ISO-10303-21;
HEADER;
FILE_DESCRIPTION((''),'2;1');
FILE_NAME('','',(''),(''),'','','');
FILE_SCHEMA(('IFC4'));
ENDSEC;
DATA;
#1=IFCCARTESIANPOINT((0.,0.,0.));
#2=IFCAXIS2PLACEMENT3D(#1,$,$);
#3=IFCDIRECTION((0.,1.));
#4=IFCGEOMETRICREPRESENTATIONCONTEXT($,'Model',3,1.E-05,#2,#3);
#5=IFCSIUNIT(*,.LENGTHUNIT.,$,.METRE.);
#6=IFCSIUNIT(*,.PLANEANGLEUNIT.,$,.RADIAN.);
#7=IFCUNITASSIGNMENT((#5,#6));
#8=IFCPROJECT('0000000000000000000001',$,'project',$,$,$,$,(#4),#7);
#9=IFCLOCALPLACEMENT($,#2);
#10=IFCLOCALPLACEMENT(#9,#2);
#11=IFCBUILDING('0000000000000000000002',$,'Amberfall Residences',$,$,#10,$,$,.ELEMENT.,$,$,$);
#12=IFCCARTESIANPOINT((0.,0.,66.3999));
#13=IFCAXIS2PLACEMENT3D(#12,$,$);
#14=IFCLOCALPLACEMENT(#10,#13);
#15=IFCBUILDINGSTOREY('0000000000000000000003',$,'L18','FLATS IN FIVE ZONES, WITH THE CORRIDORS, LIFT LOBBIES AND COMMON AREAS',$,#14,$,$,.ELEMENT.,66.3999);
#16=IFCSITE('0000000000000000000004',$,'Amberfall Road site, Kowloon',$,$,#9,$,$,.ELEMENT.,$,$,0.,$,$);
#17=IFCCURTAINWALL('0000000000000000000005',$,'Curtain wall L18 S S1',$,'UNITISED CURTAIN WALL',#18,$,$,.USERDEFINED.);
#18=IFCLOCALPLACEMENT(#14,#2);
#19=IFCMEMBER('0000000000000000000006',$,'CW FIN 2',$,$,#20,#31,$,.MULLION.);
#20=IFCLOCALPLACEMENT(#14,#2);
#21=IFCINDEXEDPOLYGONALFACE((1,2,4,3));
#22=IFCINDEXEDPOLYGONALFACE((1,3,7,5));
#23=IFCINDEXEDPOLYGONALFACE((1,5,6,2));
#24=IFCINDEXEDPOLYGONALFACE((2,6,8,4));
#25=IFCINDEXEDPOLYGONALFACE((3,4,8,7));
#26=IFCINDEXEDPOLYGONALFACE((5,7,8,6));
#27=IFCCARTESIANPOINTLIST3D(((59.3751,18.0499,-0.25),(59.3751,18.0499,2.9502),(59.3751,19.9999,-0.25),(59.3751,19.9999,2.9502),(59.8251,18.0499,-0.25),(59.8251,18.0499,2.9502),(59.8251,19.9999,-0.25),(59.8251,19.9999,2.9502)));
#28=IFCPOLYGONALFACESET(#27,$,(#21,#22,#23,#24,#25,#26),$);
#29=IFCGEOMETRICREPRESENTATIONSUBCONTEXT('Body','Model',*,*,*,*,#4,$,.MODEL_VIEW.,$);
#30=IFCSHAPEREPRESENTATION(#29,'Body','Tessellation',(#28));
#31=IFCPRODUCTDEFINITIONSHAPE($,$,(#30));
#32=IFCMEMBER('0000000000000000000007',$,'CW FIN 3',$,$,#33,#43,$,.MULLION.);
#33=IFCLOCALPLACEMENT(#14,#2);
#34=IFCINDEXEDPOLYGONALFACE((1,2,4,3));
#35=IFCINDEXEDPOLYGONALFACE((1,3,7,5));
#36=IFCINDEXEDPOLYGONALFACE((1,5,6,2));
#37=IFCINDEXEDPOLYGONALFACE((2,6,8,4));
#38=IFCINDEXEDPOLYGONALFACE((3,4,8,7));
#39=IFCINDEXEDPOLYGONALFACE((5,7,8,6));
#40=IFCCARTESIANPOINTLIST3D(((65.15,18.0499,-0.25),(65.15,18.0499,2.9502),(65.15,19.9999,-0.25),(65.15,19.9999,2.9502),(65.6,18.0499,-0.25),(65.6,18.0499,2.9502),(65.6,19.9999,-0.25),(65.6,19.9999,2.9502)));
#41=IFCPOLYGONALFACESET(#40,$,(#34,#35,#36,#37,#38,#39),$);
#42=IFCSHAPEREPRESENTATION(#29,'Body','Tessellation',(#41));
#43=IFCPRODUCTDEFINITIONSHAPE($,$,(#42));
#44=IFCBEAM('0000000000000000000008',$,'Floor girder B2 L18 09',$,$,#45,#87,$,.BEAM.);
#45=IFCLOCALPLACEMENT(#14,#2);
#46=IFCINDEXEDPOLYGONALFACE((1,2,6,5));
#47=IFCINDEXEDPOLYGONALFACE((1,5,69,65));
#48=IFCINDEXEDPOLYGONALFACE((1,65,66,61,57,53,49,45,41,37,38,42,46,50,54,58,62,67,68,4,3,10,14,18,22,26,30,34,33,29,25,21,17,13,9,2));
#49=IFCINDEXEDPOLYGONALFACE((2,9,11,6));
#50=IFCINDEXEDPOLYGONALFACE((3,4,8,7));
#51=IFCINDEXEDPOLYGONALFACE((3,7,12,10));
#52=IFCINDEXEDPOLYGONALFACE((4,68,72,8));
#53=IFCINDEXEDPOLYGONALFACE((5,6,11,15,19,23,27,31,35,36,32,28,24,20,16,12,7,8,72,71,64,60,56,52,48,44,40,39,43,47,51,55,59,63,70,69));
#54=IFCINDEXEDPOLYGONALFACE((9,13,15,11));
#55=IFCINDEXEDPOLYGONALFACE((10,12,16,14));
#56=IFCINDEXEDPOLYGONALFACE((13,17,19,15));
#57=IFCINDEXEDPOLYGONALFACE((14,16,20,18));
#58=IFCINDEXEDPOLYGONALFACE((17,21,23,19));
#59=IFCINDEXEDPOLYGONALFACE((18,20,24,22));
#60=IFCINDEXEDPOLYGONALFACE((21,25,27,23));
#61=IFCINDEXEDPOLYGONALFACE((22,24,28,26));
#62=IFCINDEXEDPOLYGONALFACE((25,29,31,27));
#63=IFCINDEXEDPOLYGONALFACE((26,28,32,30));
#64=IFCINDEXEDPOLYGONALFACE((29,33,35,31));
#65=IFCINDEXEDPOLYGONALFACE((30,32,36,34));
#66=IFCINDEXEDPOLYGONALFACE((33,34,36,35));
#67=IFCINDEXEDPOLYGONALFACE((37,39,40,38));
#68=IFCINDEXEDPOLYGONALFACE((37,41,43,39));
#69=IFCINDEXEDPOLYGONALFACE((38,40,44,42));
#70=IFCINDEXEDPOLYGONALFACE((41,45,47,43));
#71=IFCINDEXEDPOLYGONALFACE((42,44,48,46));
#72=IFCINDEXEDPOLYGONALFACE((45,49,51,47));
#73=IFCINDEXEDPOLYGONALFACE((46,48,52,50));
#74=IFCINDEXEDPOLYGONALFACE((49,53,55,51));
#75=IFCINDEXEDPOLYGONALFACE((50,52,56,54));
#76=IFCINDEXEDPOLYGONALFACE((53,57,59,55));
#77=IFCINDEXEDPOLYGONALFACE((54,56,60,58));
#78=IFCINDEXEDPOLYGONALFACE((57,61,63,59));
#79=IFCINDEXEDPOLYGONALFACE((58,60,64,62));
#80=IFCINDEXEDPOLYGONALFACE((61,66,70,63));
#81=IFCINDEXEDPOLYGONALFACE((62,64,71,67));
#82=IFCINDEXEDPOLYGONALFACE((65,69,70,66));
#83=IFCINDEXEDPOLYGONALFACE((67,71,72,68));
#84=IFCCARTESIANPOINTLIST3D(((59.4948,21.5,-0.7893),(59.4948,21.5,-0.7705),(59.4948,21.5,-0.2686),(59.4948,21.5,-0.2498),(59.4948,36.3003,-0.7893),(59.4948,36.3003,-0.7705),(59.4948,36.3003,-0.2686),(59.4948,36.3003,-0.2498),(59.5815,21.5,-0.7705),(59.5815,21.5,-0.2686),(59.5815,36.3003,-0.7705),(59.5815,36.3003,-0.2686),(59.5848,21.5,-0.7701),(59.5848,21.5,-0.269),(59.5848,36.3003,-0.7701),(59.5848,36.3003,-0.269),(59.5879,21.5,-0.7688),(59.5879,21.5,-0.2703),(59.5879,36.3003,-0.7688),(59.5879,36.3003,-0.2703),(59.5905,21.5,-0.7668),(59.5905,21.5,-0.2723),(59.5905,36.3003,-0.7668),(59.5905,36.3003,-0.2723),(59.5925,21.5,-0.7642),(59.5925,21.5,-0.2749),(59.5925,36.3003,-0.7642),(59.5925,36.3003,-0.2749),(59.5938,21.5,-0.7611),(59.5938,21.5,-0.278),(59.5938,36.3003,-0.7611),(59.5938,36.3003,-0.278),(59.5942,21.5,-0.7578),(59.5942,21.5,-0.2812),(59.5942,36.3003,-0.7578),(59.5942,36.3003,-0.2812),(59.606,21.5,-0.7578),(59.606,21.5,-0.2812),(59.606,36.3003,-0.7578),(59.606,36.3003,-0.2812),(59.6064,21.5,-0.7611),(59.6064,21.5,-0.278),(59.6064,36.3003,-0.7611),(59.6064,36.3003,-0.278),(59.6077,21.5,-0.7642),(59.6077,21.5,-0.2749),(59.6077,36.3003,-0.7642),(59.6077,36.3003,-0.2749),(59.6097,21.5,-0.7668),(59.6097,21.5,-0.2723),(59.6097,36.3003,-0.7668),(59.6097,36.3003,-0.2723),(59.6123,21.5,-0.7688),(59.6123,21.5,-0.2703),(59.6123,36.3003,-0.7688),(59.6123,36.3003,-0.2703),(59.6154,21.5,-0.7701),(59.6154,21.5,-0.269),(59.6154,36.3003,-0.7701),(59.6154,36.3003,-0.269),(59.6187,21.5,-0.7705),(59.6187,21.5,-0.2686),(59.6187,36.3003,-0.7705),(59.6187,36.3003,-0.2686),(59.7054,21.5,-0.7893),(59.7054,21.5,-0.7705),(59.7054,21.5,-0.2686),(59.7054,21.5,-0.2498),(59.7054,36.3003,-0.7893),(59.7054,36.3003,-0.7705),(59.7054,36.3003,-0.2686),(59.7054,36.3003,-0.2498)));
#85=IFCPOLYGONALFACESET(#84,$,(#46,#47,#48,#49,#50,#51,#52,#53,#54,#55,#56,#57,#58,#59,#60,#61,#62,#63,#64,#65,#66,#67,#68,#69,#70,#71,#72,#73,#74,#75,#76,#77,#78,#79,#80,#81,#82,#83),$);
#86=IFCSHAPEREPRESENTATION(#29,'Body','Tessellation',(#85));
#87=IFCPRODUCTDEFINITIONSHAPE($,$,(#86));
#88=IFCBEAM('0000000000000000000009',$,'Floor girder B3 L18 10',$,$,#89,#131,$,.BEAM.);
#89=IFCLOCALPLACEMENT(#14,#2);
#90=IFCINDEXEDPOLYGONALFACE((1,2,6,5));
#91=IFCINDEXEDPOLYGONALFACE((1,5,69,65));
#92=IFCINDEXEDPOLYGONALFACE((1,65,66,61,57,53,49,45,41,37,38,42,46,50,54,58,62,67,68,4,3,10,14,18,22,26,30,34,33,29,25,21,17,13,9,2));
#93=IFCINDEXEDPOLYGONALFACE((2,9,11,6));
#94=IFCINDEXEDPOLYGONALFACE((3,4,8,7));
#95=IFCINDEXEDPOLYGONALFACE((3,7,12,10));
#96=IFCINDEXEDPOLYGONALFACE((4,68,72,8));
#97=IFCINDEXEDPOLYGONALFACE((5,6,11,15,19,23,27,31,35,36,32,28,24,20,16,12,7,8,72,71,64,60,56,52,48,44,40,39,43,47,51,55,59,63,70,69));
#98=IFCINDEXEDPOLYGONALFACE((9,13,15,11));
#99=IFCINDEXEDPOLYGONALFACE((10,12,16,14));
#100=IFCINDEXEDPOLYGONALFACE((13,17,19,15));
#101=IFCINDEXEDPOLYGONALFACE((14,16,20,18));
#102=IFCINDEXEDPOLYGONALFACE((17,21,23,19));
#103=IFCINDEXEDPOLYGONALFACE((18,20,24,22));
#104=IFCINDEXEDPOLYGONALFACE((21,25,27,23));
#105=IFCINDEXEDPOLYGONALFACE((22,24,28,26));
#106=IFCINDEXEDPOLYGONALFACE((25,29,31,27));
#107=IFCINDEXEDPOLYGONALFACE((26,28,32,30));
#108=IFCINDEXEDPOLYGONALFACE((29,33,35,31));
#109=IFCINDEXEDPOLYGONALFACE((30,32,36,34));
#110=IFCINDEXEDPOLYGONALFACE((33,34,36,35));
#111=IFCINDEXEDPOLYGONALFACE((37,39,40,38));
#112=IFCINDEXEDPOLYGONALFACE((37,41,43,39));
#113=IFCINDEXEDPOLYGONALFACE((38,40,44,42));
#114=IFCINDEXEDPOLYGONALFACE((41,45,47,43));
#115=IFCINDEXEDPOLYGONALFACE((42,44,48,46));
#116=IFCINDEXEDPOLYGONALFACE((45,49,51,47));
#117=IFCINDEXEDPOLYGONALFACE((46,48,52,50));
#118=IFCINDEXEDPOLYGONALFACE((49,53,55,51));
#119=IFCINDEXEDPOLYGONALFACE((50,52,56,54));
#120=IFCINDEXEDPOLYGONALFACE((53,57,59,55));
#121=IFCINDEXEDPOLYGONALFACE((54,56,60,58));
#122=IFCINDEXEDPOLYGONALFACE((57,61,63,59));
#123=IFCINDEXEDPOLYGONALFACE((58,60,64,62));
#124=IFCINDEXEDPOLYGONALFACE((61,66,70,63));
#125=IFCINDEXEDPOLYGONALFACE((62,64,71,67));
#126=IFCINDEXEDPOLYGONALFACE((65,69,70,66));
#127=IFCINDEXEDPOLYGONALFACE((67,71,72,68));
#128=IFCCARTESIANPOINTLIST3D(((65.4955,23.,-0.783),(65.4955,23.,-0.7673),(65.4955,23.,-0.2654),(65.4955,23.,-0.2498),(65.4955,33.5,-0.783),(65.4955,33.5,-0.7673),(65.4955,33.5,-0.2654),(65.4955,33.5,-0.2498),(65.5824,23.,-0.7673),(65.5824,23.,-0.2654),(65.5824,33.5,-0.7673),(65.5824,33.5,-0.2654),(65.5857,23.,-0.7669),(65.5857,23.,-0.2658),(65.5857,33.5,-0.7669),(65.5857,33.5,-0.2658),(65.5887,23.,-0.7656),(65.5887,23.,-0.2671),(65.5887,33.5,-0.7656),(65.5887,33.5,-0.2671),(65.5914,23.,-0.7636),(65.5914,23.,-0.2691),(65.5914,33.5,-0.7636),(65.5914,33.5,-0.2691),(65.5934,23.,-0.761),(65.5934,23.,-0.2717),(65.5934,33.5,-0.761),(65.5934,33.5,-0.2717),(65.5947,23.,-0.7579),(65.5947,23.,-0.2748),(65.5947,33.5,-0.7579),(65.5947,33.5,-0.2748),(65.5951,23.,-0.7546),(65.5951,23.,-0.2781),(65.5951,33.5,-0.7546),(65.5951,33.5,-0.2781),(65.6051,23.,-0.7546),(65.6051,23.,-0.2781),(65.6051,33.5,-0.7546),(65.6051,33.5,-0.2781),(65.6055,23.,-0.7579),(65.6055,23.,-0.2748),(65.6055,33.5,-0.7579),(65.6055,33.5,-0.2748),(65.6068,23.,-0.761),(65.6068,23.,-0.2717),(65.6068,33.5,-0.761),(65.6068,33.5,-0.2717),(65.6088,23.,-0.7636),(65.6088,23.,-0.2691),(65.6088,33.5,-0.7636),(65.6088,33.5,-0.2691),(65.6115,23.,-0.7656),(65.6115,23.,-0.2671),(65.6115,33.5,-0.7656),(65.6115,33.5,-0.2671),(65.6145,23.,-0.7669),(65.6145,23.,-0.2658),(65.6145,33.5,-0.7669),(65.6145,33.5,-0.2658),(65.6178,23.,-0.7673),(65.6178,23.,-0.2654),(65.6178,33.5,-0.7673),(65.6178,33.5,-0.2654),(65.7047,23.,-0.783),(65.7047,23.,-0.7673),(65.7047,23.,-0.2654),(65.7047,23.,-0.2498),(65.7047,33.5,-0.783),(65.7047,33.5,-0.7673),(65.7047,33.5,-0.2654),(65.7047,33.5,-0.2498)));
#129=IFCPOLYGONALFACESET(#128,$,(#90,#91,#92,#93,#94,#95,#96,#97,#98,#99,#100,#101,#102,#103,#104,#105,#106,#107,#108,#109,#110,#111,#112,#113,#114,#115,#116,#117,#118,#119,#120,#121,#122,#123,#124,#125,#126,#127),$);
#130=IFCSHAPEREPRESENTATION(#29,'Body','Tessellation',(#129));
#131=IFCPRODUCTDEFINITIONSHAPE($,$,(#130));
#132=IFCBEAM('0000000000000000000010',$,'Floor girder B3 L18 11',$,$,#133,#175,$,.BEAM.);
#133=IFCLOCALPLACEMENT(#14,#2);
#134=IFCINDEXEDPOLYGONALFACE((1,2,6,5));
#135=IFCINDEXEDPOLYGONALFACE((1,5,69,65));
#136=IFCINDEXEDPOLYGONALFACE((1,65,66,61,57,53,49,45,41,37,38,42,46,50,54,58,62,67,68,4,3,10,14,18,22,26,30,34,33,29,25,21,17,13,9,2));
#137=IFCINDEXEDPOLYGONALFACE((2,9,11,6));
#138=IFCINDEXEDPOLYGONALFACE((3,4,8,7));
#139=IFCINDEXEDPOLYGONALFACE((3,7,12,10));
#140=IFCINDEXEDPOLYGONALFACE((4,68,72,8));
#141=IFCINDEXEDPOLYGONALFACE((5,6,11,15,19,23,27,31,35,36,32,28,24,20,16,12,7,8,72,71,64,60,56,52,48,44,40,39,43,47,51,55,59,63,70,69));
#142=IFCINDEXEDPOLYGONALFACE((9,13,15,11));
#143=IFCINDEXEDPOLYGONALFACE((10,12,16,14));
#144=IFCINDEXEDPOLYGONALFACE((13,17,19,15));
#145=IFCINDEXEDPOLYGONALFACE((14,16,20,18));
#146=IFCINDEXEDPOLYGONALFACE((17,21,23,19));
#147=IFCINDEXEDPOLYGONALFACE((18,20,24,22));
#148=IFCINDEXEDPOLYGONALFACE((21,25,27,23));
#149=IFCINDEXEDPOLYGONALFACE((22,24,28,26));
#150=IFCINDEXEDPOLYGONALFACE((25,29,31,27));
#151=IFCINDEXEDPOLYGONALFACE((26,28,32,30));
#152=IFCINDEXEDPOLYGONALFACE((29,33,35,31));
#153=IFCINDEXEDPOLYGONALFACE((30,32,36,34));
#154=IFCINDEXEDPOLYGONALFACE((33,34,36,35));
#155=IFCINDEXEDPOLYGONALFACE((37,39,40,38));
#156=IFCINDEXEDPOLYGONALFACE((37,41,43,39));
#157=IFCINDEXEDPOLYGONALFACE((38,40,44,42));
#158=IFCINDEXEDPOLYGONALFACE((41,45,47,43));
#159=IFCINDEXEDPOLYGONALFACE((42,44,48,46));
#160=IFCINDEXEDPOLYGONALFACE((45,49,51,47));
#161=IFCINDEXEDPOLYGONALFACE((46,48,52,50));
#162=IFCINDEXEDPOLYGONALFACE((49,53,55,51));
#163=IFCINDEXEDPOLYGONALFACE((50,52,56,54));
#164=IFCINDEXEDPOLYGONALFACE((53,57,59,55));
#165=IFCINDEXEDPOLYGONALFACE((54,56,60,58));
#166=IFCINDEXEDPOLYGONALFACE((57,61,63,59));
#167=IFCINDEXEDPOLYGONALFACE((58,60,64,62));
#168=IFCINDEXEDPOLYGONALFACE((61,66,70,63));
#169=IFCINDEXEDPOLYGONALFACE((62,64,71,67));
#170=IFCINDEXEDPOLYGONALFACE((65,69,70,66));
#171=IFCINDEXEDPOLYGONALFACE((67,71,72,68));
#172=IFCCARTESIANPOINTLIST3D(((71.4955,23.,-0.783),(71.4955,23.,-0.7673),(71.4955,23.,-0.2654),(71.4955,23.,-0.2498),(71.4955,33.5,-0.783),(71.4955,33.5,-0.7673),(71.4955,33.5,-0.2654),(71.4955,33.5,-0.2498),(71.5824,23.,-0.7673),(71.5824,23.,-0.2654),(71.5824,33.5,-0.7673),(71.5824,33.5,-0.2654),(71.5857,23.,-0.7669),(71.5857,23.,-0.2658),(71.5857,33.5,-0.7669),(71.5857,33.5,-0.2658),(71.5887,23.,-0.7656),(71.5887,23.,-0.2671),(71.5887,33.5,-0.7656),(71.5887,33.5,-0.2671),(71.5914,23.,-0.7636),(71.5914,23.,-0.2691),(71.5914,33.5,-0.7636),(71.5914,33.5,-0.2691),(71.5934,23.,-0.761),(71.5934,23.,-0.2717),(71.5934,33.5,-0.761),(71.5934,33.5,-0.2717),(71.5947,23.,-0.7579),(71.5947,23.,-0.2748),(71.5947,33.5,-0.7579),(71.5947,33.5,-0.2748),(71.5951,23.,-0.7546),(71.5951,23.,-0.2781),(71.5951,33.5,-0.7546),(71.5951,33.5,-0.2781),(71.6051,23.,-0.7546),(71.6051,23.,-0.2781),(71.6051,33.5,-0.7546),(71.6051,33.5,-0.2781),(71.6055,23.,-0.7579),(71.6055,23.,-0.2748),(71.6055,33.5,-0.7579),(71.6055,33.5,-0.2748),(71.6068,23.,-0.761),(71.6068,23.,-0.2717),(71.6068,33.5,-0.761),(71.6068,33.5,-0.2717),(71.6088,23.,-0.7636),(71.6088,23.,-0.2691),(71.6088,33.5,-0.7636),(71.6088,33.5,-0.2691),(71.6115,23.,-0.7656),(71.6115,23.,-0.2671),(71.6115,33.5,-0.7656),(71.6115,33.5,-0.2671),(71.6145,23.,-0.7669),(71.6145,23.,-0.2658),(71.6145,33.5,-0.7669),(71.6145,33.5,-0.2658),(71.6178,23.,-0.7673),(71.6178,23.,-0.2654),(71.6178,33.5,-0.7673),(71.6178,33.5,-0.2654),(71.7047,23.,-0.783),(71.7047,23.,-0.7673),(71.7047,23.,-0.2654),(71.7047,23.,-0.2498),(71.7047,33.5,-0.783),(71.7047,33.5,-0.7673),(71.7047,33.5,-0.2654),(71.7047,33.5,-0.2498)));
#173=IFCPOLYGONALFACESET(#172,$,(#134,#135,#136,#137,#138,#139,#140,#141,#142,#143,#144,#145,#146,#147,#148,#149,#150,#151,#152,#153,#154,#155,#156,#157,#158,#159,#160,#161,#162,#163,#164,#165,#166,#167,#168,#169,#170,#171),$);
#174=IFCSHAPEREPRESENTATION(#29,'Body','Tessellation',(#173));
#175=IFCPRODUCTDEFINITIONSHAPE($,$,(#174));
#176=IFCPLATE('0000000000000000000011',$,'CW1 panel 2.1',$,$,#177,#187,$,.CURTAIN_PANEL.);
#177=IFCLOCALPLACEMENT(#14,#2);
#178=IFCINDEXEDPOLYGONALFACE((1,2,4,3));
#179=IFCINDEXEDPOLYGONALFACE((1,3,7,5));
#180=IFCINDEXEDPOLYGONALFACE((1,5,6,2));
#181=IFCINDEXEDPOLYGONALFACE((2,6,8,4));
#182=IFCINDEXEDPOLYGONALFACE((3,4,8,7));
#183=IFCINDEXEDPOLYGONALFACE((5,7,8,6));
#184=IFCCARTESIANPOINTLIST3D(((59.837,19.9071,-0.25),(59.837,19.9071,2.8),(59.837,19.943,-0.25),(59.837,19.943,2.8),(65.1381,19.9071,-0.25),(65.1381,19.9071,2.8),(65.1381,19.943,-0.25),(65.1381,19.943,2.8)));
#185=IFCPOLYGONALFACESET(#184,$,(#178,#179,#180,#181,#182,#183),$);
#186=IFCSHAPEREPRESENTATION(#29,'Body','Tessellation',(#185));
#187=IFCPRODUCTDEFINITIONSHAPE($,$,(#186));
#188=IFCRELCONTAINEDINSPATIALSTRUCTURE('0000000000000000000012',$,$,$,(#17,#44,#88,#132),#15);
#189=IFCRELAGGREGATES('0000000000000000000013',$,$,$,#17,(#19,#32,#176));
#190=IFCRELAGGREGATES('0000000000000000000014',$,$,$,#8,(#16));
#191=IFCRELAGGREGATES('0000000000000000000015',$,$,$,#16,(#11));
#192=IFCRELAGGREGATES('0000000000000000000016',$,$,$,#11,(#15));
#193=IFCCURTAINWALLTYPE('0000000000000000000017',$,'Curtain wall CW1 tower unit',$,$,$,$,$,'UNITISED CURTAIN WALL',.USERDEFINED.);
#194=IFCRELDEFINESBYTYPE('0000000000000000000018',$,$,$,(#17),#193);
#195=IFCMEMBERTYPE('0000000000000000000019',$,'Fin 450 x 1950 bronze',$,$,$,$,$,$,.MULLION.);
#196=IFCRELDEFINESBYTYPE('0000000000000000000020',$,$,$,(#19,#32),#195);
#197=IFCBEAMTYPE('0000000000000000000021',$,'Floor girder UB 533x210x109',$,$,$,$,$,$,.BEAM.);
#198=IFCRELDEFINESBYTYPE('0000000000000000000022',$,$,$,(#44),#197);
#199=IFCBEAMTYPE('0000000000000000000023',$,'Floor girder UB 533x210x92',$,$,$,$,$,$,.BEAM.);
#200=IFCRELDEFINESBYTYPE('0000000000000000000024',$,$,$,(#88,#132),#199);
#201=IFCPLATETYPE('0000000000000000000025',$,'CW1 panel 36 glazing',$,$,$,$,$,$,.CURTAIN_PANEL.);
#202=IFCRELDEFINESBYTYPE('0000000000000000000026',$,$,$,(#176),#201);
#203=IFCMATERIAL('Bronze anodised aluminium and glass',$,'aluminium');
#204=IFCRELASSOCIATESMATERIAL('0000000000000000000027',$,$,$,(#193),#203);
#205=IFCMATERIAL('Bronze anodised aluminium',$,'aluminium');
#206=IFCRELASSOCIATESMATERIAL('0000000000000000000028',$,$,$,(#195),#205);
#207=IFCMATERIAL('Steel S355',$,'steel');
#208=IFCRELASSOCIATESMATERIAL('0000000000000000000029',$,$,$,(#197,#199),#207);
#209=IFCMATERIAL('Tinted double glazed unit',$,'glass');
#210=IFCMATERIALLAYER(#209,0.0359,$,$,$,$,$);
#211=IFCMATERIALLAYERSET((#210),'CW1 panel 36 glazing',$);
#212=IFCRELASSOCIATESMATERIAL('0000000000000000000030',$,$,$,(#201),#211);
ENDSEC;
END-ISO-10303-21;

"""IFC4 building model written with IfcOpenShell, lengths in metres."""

from ifc_helpers import new_model, si_unit, direction, frame, origin, origin_2d, place, context, subcontext, project, spatial, rectangle, i_section, extrude, material, layer, layer_set, material_profile, profile_set, type_object, element, aggregate, save


model = new_model("IFC4")

# Units and contexts
model_context = context("Model", 3, precision=1e-05, world=origin(), true_north=direction((0.0, 1.0)))
body_context = subcontext(model_context, "Body", "Model", "MODEL_VIEW")
ifc_project = project(units=[si_unit("LENGTHUNIT", "METRE"), si_unit("PLANEANGLEUNIT", "RADIAN")], contexts=[model_context])

# Site, building, storey
site_placement = place(None, origin())
site = spatial("IfcSite", under=ifc_project, at=site_placement, Name="Amberfall Road site, Kowloon", CompositionType="ELEMENT", RefElevation=0.0)
building_placement = place(site_placement, origin())
building = spatial("IfcBuilding", under=site, at=building_placement, Name="Amberfall Residences", CompositionType="ELEMENT")
storey_placement = place(building_placement, frame((0.0, 0.0, 66.3999)))
storey = spatial("IfcBuildingStorey", under=building, at=storey_placement, Name="L18", Description="FLATS IN FIVE ZONES, WITH THE CORRIDORS, LIFT LOBBIES AND COMMON AREAS", CompositionType="ELEMENT", Elevation=66.3999)

# Curtain wall
ifc_material_1 = material(Name="Bronze anodised aluminium and glass", Category="aluminium")
curtain_wall_type = type_object("IfcCurtainWallType", Name="Curtain wall CW1 tower unit", ElementType="UNITISED CURTAIN WALL", PredefinedType="USERDEFINED", material=ifc_material_1)
curtain_wall_placement = place(storey_placement, origin())
curtain_wall = element("IfcCurtainWall", 1, at=curtain_wall_placement, inside=storey, type_object=curtain_wall_type, Name="Curtain wall L18 S S1", ObjectType="UNITISED CURTAIN WALL", PredefinedType="USERDEFINED")
ifc_material_2 = material(Name="Bronze anodised aluminium", Category="aluminium")

# Shared definitions
ifc_material_3 = material(Name="Steel S355", Category="steel")

# Members
ifc_material_profile_1 = material_profile(ifc_material_2, rectangle(XDim=1.95, YDim=0.45, at=origin_2d()), Name="Fin 450 x 1950 bronze")
ifc_profile_set_1 = profile_set([ifc_material_profile_1], Name="Bronze anodised aluminium")
member_type_1 = type_object("IfcMemberType", Name="Fin 450 x 1950 bronze", PredefinedType="MULLION", material=ifc_profile_set_1)
member_1_placement = place(storey_placement, frame((59.6001, 19.0249, -0.25), z_axis=(0.0, 0.0, 1.0), x_axis=(0.0, 1.0, 0.0)))
member_1 = element("IfcMember", 2, at=member_1_placement, type_object=member_type_1, Name="CW FIN 2", PredefinedType="MULLION", context=body_context, shape_type="SweptSolid", body=[
    extrude(rectangle(XDim=1.95, YDim=0.45, at=origin_2d()), origin(), (0.0, 0.0, 1.0), 3.2002),
])
member_2_placement = place(storey_placement, frame((65.375, 19.0249, -0.25), z_axis=(0.0, 0.0, 1.0), x_axis=(0.0, 1.0, 0.0)))
member_2 = element("IfcMember", 3, at=member_2_placement, type_object=member_type_1, Name="CW FIN 3", PredefinedType="MULLION", context=body_context, shape_type="SweptSolid", body=[
    extrude(rectangle(XDim=1.95, YDim=0.45, at=origin_2d()), origin(), (0.0, 0.0, 1.0), 3.2002),
])

# Beams
ifc_material_profile_2 = material_profile(ifc_material_3, i_section(OverallWidth=0.2107, OverallDepth=0.5396, WebThickness=0.0117, FlangeThickness=0.0188, FilletRadius=0.0127, at=origin_2d()), Name="UB 533x210x109")
ifc_profile_set_2 = profile_set([ifc_material_profile_2], Name="Steel S355")
beam_type_1 = type_object("IfcBeamType", Name="Floor girder UB 533x210x109", PredefinedType="BEAM", material=ifc_profile_set_2)
beam_1_placement = place(storey_placement, frame((59.6001, 21.5, -0.5195), z_axis=(0.0, 1.0, 0.0), x_axis=(-1.0, 0.0, 0.0)))
element("IfcBeam", 4, at=beam_1_placement, inside=storey, type_object=beam_type_1, Name="Floor girder B2 L18 09", PredefinedType="BEAM", context=body_context, shape_type="SweptSolid", body=[
    extrude(i_section(OverallWidth=0.2107, OverallDepth=0.5396, WebThickness=0.0117, FlangeThickness=0.0188, FilletRadius=0.0127, at=origin_2d()), origin(), (0.0, 0.0, 1.0), 14.8003),
])
ifc_material_profile_3 = material_profile(ifc_material_3, i_section(OverallWidth=0.2092, OverallDepth=0.5332, WebThickness=0.01, FlangeThickness=0.0156, FilletRadius=0.0127, at=origin_2d()), Name="UB 533x210x92")
ifc_profile_set_3 = profile_set([ifc_material_profile_3], Name="Steel S355")
beam_type_2 = type_object("IfcBeamType", Name="Floor girder UB 533x210x92", PredefinedType="BEAM", material=ifc_profile_set_3)
for number, where, z_axis, x_axis, name in (
    (5, (65.6001, 23.0, -0.5164), (0.0, 1.0, 0.0), (-1.0, 0.0, 0.0), "Floor girder B3 L18 10"),
    (6, (71.6001, 23.0, -0.5164), (0.0, 1.0, 0.0), (-1.0, 0.0, 0.0), "Floor girder B3 L18 11"),
):
    element("IfcBeam", number, at=place(storey_placement, frame(where, z_axis=z_axis, x_axis=x_axis)), inside=storey, type_object=beam_type_2, Name=name, PredefinedType="BEAM", context=body_context, shape_type="SweptSolid", body=[
        extrude(i_section(OverallWidth=0.2092, OverallDepth=0.5332, WebThickness=0.01, FlangeThickness=0.0156, FilletRadius=0.0127, at=origin_2d()), origin(), (0.0, 0.0, 1.0), 10.5),
    ])

# Plate
ifc_material_4 = material(Name="Tinted double glazed unit", Category="glass")
ifc_layer_1 = layer(ifc_material_4, 0.0359)
ifc_layer_set_1 = layer_set([ifc_layer_1], Name="CW1 panel 36 glazing")
plate_type = type_object("IfcPlateType", Name="CW1 panel 36 glazing", PredefinedType="CURTAIN_PANEL", material=ifc_layer_set_1)
plate_placement = place(storey_placement, frame((62.4875, 19.925, -0.25), z_axis=(0.0, 0.0, 1.0), x_axis=(1.0, 0.0, 0.0)))
plate = element("IfcPlate", 7, at=plate_placement, type_object=plate_type, Name="CW1 panel 2.1", PredefinedType="CURTAIN_PANEL", context=body_context, shape_type="SweptSolid", body=[
    extrude(rectangle(XDim=5.301, YDim=0.0359, at=origin_2d()), origin(), (0.0, 0.0, 1.0), 3.05),
])
aggregate(curtain_wall, [member_1, member_2, plate])

save(model, "model.ifc")
